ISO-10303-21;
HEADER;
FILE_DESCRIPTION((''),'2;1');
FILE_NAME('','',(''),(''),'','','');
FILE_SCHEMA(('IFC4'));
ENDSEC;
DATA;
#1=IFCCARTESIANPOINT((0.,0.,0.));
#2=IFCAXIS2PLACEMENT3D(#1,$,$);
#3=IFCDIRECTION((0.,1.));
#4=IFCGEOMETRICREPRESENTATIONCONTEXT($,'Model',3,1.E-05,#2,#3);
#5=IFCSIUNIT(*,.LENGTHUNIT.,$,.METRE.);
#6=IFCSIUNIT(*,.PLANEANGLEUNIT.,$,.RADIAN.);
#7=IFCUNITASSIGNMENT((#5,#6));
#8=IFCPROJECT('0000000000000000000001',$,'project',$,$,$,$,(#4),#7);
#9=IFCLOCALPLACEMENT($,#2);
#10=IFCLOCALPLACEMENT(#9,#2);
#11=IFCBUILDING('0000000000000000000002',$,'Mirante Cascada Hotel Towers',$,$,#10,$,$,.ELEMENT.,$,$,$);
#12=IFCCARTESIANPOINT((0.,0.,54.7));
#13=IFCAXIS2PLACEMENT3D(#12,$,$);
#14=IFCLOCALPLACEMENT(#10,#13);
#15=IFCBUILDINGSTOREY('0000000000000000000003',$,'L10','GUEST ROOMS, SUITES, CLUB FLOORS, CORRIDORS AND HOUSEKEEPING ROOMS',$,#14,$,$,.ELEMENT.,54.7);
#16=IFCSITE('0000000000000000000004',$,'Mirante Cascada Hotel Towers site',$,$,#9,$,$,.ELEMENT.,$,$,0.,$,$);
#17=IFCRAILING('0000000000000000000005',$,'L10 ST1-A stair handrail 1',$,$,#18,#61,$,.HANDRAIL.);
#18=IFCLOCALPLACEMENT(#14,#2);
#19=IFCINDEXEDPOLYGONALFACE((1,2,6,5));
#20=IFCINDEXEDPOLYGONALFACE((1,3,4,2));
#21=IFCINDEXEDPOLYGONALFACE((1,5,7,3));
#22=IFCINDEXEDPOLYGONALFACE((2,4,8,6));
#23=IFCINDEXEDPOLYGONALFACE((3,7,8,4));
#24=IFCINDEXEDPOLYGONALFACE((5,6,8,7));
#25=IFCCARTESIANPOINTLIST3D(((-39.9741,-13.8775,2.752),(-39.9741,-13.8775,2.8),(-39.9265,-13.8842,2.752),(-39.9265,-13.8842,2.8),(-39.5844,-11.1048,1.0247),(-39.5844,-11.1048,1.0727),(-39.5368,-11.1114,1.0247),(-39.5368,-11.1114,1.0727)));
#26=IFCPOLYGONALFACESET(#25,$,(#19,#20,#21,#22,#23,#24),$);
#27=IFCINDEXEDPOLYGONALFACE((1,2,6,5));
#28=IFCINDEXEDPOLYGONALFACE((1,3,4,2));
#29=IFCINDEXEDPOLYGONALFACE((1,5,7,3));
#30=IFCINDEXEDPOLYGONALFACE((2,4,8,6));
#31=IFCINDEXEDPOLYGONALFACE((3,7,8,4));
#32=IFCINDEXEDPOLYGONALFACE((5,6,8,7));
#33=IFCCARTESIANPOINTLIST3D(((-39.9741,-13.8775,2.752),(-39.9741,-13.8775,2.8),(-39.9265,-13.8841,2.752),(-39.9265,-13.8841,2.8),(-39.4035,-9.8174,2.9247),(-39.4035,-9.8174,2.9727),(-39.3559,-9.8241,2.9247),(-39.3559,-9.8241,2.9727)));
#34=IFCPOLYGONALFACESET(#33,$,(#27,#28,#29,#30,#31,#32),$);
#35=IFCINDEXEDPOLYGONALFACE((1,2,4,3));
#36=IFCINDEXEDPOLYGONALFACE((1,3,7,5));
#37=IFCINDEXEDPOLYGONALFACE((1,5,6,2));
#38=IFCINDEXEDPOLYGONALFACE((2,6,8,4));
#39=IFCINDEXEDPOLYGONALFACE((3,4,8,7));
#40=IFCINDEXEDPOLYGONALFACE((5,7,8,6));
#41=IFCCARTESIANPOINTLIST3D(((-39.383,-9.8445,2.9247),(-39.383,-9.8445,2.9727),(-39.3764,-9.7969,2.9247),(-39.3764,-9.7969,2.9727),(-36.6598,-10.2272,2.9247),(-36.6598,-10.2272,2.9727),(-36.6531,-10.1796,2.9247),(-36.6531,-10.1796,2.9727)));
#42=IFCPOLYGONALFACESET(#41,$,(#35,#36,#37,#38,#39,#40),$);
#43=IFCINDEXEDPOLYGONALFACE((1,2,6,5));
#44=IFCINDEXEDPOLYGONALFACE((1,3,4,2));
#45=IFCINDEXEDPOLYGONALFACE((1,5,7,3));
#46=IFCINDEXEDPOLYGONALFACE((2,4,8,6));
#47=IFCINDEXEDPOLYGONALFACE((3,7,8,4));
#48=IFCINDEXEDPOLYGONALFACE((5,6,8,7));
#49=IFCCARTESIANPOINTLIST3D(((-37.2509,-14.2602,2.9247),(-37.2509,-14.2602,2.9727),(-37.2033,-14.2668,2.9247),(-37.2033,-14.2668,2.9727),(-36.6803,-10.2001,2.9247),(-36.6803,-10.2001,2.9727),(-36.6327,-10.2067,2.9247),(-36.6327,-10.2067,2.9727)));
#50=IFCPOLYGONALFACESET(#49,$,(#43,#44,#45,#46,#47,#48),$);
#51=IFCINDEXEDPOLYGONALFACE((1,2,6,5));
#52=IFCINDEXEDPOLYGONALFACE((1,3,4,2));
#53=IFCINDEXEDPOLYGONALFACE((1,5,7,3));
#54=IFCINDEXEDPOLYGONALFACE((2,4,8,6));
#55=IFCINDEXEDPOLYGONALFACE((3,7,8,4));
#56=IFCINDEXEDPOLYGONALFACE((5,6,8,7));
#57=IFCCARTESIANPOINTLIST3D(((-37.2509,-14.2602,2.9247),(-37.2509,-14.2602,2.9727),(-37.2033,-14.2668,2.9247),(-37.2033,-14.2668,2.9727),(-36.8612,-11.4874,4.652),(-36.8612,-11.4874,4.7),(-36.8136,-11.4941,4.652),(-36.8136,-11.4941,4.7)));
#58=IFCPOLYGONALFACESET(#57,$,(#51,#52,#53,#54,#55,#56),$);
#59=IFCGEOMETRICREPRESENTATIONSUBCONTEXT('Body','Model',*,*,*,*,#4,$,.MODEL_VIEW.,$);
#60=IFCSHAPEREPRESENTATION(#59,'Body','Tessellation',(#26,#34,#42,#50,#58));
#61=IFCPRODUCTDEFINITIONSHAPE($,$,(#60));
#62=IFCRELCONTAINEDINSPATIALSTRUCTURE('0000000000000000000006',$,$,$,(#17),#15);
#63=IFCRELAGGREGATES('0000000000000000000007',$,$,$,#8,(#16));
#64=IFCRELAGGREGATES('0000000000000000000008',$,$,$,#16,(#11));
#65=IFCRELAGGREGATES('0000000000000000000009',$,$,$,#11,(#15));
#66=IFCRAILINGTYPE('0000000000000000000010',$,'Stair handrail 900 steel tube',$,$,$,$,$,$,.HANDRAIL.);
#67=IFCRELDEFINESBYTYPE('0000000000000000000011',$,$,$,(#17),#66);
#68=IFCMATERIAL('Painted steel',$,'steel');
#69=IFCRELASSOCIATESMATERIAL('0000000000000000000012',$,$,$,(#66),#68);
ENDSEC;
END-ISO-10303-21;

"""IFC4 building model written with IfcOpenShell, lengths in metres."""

from ifc_helpers import new_model, si_unit, direction, frame, origin, origin_2d, place, context, subcontext, project, spatial, rectangle, extrude, material, type_object, element, save


model = new_model("IFC4")

# Units and contexts
model_context = context("Model", 3, precision=1e-05, world=origin(), true_north=direction((0.0, 1.0)))
body_context = subcontext(model_context, "Body", "Model", "MODEL_VIEW")
ifc_project = project(units=[si_unit("LENGTHUNIT", "METRE"), si_unit("PLANEANGLEUNIT", "RADIAN")], contexts=[model_context])

# Site, building, storey
site_placement = place(None, origin())
site = spatial("IfcSite", under=ifc_project, at=site_placement, Name="Mirante Cascada Hotel Towers site", CompositionType="ELEMENT", RefElevation=0.0)
building_placement = place(site_placement, origin())
building = spatial("IfcBuilding", under=site, at=building_placement, Name="Mirante Cascada Hotel Towers", CompositionType="ELEMENT")
storey_placement = place(building_placement, frame((0.0, 0.0, 54.7)))
storey = spatial("IfcBuildingStorey", under=building, at=storey_placement, Name="L10", Description="GUEST ROOMS, SUITES, CLUB FLOORS, CORRIDORS AND HOUSEKEEPING ROOMS", CompositionType="ELEMENT", Elevation=54.7)

# Railing
ifc_material_1 = material(Name="Painted steel", Category="steel")
railing_type_1 = type_object("IfcRailingType", Name="Stair handrail 900 steel tube", PredefinedType="HANDRAIL", material=ifc_material_1)
railing_1_placement = place(storey_placement, frame((-39.5606, -11.1081, 0.1727)))
element("IfcRailing", 1, at=railing_1_placement, inside=storey, type_object=railing_type_1, Name="L10 ST1-A stair handrail 1", PredefinedType="HANDRAIL", context=body_context, shape_type="SweptSolid", body=[
    extrude(rectangle(XDim=0.048, YDim=0.048, at=origin_2d()), frame((0.0, 0.0, 0.876), z_axis=(-0.139181, -0.990267, 0.0), x_axis=(0.990267, -0.139181, 0.0)), (0.0, 0.525035, 0.851081), 3.2899),
    extrude(rectangle(XDim=0.048, YDim=0.048, at=origin_2d()), frame((-0.3897, -2.7727, 2.6033), z_axis=(0.139171, 0.990268, 0.0), x_axis=(-0.990268, 0.139171, 0.0)), (0.0, 0.042085, 0.999114), 4.1036),
    extrude(rectangle(XDim=0.048, YDim=0.048, at=origin_2d()), frame((0.1809, 1.2874, 2.776), z_axis=(0.990269, -0.139166, 0.0), x_axis=(0.139166, 0.990269, 0.0)), (0.0, 0.0, 1.0), 2.75),
    extrude(rectangle(XDim=0.048, YDim=0.048, at=origin_2d()), frame((2.9041, 0.9047, 2.776), z_axis=(-0.139171, -0.990268, 0.0), x_axis=(0.990268, -0.139171, 0.0)), (0.0, 0.0, 1.0), 4.1),
    extrude(rectangle(XDim=0.048, YDim=0.048, at=origin_2d()), frame((2.3335, -3.1554, 2.776), z_axis=(0.139181, 0.990267, 0.0), x_axis=(-0.990267, 0.139181, 0.0)), (0.0, 0.525035, 0.851081), 3.2899),
])

save(model, "model.ifc")
